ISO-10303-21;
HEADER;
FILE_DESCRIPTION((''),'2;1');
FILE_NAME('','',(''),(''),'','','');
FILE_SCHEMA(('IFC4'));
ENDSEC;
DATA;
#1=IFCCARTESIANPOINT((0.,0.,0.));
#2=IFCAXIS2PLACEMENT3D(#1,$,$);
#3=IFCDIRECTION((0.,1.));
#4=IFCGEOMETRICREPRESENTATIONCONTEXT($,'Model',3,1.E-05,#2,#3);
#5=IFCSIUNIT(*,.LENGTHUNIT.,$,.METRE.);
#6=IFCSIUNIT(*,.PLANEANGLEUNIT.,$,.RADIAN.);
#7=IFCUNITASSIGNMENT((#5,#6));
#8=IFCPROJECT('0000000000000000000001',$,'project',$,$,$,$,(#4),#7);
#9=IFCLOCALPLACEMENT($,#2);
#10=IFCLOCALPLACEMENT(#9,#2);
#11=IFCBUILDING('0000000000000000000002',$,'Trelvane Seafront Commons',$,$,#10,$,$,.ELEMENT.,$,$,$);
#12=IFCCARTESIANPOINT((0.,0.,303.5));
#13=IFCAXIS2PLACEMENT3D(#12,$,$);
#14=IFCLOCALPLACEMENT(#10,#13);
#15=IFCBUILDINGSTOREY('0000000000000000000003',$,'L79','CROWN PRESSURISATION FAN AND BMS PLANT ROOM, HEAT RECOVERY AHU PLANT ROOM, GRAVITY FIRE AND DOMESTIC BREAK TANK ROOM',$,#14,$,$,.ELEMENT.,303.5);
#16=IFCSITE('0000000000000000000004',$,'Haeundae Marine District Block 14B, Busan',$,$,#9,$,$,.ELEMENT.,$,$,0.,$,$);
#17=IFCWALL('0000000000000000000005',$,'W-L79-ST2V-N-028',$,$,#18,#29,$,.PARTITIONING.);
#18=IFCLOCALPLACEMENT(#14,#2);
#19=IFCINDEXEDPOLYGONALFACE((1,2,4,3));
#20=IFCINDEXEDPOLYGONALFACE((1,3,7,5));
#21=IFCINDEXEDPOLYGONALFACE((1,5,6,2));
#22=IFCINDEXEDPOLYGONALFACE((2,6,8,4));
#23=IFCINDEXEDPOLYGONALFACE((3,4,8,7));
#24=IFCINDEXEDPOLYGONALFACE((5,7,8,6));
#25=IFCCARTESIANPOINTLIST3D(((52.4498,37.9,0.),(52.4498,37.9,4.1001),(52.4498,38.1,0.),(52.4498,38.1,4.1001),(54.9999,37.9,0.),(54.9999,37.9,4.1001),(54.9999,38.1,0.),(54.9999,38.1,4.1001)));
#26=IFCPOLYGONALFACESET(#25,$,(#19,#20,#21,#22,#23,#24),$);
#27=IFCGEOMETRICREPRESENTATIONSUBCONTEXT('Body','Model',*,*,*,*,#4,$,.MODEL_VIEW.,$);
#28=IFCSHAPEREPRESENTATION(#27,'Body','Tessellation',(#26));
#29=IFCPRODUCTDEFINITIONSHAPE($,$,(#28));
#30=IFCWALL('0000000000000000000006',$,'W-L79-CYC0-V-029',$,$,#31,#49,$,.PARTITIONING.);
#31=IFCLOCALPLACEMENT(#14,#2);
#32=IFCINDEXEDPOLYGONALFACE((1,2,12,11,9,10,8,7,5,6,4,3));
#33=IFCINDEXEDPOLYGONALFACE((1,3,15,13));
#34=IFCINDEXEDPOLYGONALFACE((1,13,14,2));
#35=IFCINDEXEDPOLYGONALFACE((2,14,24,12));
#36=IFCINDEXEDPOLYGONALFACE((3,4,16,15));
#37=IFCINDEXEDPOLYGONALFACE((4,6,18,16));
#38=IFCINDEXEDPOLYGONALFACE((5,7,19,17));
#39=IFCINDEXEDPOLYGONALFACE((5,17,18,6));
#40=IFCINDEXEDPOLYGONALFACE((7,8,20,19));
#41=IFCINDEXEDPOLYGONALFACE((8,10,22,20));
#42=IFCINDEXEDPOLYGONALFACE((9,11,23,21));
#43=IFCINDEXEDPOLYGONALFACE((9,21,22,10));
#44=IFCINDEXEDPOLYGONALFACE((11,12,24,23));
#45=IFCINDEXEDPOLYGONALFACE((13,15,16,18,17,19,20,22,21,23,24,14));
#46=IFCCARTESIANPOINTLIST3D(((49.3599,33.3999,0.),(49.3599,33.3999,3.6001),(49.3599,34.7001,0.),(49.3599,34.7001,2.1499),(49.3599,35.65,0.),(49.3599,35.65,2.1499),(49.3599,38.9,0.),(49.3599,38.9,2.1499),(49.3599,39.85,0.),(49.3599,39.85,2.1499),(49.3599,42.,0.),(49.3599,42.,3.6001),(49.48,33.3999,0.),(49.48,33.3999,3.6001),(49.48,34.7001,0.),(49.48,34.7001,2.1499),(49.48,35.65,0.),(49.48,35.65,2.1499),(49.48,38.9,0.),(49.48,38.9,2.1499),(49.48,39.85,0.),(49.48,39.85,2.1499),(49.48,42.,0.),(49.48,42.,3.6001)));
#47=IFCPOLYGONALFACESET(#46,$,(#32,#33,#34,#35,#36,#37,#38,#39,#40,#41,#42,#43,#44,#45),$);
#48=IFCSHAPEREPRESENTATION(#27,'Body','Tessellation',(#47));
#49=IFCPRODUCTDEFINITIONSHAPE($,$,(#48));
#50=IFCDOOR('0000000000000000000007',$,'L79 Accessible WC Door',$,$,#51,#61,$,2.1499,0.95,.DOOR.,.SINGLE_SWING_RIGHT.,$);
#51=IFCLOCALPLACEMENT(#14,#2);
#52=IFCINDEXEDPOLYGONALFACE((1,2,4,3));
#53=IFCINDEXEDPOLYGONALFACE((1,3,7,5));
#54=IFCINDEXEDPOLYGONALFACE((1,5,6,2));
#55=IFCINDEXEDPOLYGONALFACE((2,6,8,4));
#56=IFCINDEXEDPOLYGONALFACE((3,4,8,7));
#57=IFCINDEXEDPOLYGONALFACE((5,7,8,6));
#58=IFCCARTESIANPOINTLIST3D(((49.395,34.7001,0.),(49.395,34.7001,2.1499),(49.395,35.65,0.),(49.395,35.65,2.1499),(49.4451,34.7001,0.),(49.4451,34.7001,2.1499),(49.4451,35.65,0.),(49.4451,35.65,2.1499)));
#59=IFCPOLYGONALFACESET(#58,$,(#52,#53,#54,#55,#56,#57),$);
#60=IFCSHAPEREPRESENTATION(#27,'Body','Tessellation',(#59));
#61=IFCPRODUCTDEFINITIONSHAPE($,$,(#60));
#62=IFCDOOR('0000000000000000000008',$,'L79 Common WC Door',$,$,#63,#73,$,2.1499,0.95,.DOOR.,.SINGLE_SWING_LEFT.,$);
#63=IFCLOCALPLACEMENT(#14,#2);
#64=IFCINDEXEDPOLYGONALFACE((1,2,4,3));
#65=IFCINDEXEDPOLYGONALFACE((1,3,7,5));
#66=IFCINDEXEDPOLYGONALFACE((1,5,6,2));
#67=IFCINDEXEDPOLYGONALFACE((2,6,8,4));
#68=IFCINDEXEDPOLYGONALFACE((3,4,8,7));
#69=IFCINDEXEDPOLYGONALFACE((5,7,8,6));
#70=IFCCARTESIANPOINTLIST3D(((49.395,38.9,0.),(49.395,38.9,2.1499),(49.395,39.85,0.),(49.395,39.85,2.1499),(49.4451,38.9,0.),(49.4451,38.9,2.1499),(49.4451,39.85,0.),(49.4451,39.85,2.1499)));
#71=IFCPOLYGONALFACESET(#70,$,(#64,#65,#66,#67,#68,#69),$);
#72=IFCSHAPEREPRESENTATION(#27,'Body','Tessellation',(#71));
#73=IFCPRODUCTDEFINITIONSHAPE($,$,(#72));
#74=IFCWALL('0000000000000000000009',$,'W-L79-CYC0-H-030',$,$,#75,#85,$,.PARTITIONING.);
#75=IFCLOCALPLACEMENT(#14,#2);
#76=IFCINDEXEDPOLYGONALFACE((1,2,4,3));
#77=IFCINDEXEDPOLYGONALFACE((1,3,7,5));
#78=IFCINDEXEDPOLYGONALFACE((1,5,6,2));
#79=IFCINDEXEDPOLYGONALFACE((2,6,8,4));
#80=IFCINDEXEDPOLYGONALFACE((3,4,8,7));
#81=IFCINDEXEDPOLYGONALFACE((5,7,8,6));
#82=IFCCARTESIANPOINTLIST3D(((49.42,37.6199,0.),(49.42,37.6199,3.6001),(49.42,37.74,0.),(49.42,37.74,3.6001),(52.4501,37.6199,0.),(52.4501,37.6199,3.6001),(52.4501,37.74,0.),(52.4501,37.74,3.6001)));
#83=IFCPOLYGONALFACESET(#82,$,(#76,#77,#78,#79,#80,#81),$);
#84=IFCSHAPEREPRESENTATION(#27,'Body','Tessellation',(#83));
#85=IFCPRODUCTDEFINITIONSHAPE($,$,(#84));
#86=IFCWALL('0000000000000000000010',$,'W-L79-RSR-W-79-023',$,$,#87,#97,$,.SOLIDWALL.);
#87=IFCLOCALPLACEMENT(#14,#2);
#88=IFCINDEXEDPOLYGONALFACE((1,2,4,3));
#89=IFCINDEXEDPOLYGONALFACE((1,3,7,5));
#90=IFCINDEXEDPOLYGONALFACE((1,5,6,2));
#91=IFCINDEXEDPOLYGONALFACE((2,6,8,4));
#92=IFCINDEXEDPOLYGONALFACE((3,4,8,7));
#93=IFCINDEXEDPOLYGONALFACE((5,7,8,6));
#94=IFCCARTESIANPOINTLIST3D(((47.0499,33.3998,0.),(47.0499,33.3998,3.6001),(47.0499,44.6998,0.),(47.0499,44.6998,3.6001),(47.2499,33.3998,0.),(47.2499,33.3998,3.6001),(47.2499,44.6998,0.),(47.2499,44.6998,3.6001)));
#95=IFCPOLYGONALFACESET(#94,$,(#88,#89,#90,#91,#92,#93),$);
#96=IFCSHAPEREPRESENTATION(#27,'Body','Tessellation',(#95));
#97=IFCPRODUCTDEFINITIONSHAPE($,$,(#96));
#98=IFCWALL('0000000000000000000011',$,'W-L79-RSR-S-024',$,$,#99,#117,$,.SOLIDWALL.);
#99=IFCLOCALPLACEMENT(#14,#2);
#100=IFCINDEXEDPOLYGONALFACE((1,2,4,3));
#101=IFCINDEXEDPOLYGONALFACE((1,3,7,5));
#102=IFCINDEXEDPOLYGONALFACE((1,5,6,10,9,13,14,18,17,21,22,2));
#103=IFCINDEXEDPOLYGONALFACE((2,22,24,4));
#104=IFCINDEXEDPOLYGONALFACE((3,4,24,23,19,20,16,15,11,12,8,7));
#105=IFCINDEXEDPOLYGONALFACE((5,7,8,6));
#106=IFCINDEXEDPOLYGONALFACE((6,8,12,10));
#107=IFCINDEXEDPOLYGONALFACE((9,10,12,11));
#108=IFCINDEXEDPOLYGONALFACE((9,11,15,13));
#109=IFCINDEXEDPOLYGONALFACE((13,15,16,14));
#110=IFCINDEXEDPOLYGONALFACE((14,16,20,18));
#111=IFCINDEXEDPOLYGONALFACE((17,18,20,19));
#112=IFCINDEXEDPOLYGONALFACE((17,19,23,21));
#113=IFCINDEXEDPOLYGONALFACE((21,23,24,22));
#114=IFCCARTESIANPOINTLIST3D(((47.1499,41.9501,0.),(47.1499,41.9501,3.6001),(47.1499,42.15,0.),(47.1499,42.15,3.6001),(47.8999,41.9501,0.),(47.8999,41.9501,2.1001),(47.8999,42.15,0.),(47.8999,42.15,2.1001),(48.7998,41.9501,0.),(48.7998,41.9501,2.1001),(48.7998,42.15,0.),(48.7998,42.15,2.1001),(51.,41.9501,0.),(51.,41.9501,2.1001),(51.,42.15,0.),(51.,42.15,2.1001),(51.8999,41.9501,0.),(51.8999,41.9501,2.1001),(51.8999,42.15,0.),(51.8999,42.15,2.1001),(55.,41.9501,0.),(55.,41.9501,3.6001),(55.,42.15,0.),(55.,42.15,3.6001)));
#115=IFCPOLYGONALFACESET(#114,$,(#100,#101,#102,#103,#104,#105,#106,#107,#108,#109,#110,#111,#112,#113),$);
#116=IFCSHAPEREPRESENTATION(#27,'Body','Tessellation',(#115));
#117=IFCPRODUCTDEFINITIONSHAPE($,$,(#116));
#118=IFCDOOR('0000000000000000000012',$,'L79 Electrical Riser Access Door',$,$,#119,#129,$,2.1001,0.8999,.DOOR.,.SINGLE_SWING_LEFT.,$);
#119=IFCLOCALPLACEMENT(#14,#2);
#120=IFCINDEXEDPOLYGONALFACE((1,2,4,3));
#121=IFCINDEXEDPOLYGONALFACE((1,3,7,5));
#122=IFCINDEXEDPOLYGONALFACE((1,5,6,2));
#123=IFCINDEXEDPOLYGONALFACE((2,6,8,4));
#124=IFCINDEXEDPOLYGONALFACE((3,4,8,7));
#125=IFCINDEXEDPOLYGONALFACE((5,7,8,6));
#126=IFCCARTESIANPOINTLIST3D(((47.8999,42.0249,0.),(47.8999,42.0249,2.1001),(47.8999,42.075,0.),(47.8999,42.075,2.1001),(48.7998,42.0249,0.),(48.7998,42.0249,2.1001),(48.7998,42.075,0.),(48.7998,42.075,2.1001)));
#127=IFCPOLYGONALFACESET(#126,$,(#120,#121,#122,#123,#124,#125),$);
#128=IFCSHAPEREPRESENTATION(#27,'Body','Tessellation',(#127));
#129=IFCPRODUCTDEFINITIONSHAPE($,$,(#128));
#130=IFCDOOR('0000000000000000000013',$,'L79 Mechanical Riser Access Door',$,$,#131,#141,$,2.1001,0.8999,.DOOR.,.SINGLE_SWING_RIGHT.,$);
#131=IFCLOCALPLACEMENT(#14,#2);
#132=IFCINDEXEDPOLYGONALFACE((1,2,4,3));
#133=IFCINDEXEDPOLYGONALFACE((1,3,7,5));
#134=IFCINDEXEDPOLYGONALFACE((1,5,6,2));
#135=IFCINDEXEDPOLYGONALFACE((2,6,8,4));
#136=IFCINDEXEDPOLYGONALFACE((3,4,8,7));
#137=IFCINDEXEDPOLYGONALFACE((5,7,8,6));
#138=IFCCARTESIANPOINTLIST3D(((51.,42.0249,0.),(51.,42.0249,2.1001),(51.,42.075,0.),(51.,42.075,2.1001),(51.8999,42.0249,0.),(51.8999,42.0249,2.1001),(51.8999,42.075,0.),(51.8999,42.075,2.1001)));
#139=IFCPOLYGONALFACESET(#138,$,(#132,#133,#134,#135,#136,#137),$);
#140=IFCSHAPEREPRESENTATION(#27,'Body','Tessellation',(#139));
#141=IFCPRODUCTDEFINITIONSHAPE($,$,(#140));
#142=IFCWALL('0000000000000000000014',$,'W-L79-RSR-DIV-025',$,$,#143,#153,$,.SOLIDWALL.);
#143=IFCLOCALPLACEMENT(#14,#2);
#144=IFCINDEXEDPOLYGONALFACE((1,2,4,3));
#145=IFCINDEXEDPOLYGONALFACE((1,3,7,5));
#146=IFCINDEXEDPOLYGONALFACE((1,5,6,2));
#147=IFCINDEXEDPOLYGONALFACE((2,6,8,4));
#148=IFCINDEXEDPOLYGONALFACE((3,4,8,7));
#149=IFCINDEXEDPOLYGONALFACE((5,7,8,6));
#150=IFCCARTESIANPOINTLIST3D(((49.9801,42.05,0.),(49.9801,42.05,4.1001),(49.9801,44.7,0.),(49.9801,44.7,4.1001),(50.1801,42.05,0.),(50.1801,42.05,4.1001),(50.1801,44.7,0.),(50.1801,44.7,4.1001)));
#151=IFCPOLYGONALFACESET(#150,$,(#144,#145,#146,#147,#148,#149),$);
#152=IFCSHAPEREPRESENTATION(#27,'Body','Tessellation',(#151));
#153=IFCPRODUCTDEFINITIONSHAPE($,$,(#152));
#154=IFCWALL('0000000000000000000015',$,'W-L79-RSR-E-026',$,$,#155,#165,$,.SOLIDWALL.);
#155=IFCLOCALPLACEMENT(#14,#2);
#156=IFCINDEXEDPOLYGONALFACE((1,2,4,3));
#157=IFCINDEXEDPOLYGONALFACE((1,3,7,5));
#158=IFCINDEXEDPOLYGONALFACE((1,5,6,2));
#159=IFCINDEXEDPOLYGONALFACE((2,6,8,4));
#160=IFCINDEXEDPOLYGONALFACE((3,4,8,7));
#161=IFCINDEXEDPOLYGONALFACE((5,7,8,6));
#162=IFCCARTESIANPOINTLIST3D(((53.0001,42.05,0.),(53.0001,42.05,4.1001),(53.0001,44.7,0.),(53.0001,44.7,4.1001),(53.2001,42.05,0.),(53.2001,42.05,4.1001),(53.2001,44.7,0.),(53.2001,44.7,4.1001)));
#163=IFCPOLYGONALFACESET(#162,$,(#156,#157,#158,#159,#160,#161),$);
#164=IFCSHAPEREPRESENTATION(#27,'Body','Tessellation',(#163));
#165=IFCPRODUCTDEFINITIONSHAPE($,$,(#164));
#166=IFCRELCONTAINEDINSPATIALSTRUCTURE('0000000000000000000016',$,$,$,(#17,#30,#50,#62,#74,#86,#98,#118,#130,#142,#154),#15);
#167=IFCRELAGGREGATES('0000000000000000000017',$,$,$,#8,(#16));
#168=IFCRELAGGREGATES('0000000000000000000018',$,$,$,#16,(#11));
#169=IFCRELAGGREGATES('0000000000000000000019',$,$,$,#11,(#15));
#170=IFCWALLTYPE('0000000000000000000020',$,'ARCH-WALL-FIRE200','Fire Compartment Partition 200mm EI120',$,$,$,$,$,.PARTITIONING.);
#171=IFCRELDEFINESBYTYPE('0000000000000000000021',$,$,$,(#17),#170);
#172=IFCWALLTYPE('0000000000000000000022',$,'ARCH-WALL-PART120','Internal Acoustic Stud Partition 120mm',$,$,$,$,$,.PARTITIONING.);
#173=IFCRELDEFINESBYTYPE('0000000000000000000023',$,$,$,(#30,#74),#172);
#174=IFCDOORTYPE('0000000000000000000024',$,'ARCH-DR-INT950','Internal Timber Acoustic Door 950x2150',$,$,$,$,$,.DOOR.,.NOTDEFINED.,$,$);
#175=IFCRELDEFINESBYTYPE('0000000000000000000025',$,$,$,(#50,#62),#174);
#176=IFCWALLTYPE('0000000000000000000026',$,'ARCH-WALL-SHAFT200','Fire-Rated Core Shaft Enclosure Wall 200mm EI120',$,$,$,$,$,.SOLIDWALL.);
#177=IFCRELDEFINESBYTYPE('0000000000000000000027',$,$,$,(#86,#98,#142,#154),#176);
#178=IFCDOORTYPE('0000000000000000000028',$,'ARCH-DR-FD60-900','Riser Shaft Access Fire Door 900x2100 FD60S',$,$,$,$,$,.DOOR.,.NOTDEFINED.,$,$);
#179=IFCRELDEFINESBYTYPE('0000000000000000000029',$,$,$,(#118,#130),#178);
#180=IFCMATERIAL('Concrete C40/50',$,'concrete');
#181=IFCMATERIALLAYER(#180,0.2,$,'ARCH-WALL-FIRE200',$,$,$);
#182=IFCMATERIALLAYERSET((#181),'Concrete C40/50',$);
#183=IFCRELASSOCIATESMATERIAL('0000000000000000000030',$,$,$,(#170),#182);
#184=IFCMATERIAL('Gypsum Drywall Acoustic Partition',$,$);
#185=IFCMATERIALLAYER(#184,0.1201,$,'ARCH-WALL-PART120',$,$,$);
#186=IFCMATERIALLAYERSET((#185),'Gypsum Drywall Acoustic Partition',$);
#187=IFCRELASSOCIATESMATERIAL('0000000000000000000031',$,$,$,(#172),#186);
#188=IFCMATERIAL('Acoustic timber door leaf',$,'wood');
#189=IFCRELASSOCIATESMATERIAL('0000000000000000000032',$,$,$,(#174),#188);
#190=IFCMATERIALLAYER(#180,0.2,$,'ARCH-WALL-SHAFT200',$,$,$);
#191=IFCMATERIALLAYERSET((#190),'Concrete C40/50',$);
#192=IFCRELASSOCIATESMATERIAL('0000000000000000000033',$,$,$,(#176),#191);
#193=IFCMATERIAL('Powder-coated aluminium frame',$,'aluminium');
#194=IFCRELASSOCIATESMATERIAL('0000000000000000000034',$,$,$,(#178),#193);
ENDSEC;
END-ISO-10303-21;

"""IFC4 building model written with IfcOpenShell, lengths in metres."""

from ifc_helpers import new_model, si_unit, direction, frame, frame_2d, origin, place, context, subcontext, project, spatial, rectangle, extrude, source, transform, mapped, material, layer, layer_set, type_object, element, fill, save


model = new_model("IFC4")

# Units and contexts
model_context = context("Model", 3, precision=1e-05, world=origin(), true_north=direction((0.0, 1.0)))
body_context = subcontext(model_context, "Body", "Model", "MODEL_VIEW")
ifc_project = project(units=[si_unit("LENGTHUNIT", "METRE"), si_unit("PLANEANGLEUNIT", "RADIAN")], contexts=[model_context])

# Site, building, storey
site_placement = place(None, origin())
site = spatial("IfcSite", under=ifc_project, at=site_placement, Name="Haeundae Marine District Block 14B, Busan", CompositionType="ELEMENT", RefElevation=0.0)
building_placement = place(site_placement, origin())
building = spatial("IfcBuilding", under=site, at=building_placement, Name="Trelvane Seafront Commons", CompositionType="ELEMENT")
storey_placement = place(building_placement, frame((0.0, 0.0, 303.5)))
storey = spatial("IfcBuildingStorey", under=building, at=storey_placement, Name="L79", Description="CROWN PRESSURISATION FAN AND BMS PLANT ROOM, HEAT RECOVERY AHU PLANT ROOM, GRAVITY FIRE AND DOMESTIC BREAK TANK ROOM", CompositionType="ELEMENT", Elevation=303.5)

# Shared definitions
ifc_material_1 = material(Name="Concrete C40/50", Category="concrete")
ifc_layer_1 = layer(ifc_material_1, 0.2, Name="ARCH-WALL-FIRE200")
ifc_layer_set_1 = layer_set([ifc_layer_1], Name="Concrete C40/50")
wall_type_1 = type_object("IfcWallType", Name="ARCH-WALL-FIRE200", Description="Fire Compartment Partition 200mm EI120", PredefinedType="PARTITIONING", material=ifc_layer_set_1)
ifc_material_2 = material(Name="Powder-coated aluminium frame", Category="aluminium")
shared_shape_1 = source(origin(), body_context, "Body", "SweptSolid", [
    extrude(rectangle(XDim=0.95, YDim=2.1499, at=frame_2d((0.4751, 1.075))), frame((0.0, 0.0249, 0.0), z_axis=(0.0, -1.0, 0.0), x_axis=(1.0, 0.0, 0.0)), (0.0, 0.0, 1.0), 0.05),
])

# Wall
wall_1_placement = place(storey_placement, frame((52.45, 38.0, 0.0), z_axis=(0.0, 0.0, 1.0), x_axis=(1.0, 0.0, 0.0)))
element("IfcWall", 1, at=wall_1_placement, inside=storey, type_object=wall_type_1, Name="W-L79-ST2V-N-028", PredefinedType="PARTITIONING", context=body_context, shape_type="SweptSolid", body=[
    extrude(rectangle(XDim=2.55, YDim=0.2, at=frame_2d((1.2749, 0.0))), origin(), (0.0, 0.0, 1.0), 4.1001),
])

# Wall, openings, doors
ifc_material_3 = material(Name="Gypsum Drywall Acoustic Partition")
ifc_layer_2 = layer(ifc_material_3, 0.1201, Name="ARCH-WALL-PART120")
ifc_layer_set_2 = layer_set([ifc_layer_2], Name="Gypsum Drywall Acoustic Partition")
wall_type_2 = type_object("IfcWallType", Name="ARCH-WALL-PART120", Description="Internal Acoustic Stud Partition 120mm", PredefinedType="PARTITIONING", material=ifc_layer_set_2)
wall_2_placement = place(storey_placement, frame((49.4199, 33.3999, 0.0), z_axis=(0.0, 0.0, 1.0), x_axis=(0.0, 1.0, 0.0)))
wall_2 = element("IfcWall", 2, at=wall_2_placement, inside=storey, type_object=wall_type_2, Name="W-L79-CYC0-V-029", PredefinedType="PARTITIONING", context=body_context, shape_type="SweptSolid", body=[
    extrude(rectangle(XDim=8.6001, YDim=0.1201, at=frame_2d((4.3, 0.0))), origin(), (0.0, 0.0, 1.0), 3.6001),
])
opening_1_placement = place(wall_2_placement, frame((1.3, 0.0, 0.0)))
opening_1 = element("IfcOpeningElement", 3, at=opening_1_placement, cuts=wall_2, PredefinedType="OPENING", context=body_context, shape_type="SweptSolid", body=[
    extrude(rectangle(XDim=0.95, YDim=2.1499, at=frame_2d((0.4751, 1.075))), frame((0.0, 0.0701, 0.0), z_axis=(0.0, -1.0, 0.0), x_axis=(1.0, 0.0, 0.0)), (0.0, 0.0, 1.0), 0.1401),
])
opening_2_placement = place(wall_2_placement, frame((5.5, 0.0, 0.0)))
opening_2 = element("IfcOpeningElement", 4, at=opening_2_placement, cuts=wall_2, PredefinedType="OPENING", context=body_context, shape_type="SweptSolid", body=[
    extrude(rectangle(XDim=0.95, YDim=2.1499, at=frame_2d((0.4751, 1.075))), frame((0.0, 0.0701, 0.0), z_axis=(0.0, -1.0, 0.0), x_axis=(1.0, 0.0, 0.0)), (0.0, 0.0, 1.0), 0.1401),
])
ifc_material_4 = material(Name="Acoustic timber door leaf", Category="wood")
door_type_1 = type_object("IfcDoorType", Name="ARCH-DR-INT950", Description="Internal Timber Acoustic Door 950x2150", OperationType="NOTDEFINED", PredefinedType="DOOR", material=ifc_material_4)
door_1_placement = place(opening_1_placement, origin())
door_1 = element("IfcDoor", 5, at=door_1_placement, inside=storey, type_object=door_type_1, Name="L79 Accessible WC Door", OperationType="SINGLE_SWING_RIGHT", OverallHeight=2.1499, OverallWidth=0.95, PredefinedType="DOOR", context=body_context, shape_type="MappedRepresentation", body=[
    mapped(shared_shape_1, transform((0.0, 0.0, 0.0), x_axis=(1.0, 0.0, 0.0), y_axis=(0.0, 1.0, 0.0), z_axis=(0.0, 0.0, 1.0), scale=1.0)),
])
fill(opening_1, door_1)
door_2_placement = place(opening_2_placement, origin())
door_2 = element("IfcDoor", 6, at=door_2_placement, inside=storey, type_object=door_type_1, Name="L79 Common WC Door", OperationType="SINGLE_SWING_LEFT", OverallHeight=2.1499, OverallWidth=0.95, PredefinedType="DOOR", context=body_context, shape_type="MappedRepresentation", body=[
    mapped(shared_shape_1, transform((0.0, 0.0, 0.0), x_axis=(1.0, 0.0, 0.0), y_axis=(0.0, 1.0, 0.0), z_axis=(0.0, 0.0, 1.0), scale=1.0)),
])
fill(opening_2, door_2)

# Walls
wall_3_placement = place(storey_placement, frame((49.4199, 37.6799, 0.0), z_axis=(0.0, 0.0, 1.0), x_axis=(1.0, 0.0, 0.0)))
element("IfcWall", 7, at=wall_3_placement, inside=storey, type_object=wall_type_2, Name="W-L79-CYC0-H-030", PredefinedType="PARTITIONING", context=body_context, shape_type="SweptSolid", body=[
    extrude(rectangle(XDim=3.03, YDim=0.1201, at=frame_2d((1.5151, 0.0))), origin(), (0.0, 0.0, 1.0), 3.6001),
])
ifc_layer_3 = layer(ifc_material_1, 0.2, Name="ARCH-WALL-SHAFT200")
ifc_layer_set_3 = layer_set([ifc_layer_3], Name="Concrete C40/50")
wall_type_3 = type_object("IfcWallType", Name="ARCH-WALL-SHAFT200", Description="Fire-Rated Core Shaft Enclosure Wall 200mm EI120", PredefinedType="SOLIDWALL", material=ifc_layer_set_3)
wall_4_placement = place(storey_placement, frame((47.1499, 33.3999, 0.0), z_axis=(0.0, 0.0, 1.0), x_axis=(0.0, 1.0, 0.0)))
element("IfcWall", 8, at=wall_4_placement, inside=storey, type_object=wall_type_3, Name="W-L79-RSR-W-79-023", PredefinedType="SOLIDWALL", context=body_context, shape_type="SweptSolid", body=[
    extrude(rectangle(XDim=11.3, YDim=0.2, at=frame_2d((5.6499, 0.0))), origin(), (0.0, 0.0, 1.0), 3.6001),
])

# Wall, openings, doors
wall_5_placement = place(storey_placement, frame((47.1499, 42.05, 0.0), z_axis=(0.0, 0.0, 1.0), x_axis=(1.0, 0.0, 0.0)))
wall_5 = element("IfcWall", 9, at=wall_5_placement, inside=storey, type_object=wall_type_3, Name="W-L79-RSR-S-024", PredefinedType="SOLIDWALL", context=body_context, shape_type="SweptSolid", body=[
    extrude(rectangle(XDim=7.8501, YDim=0.2, at=frame_2d((3.925, 0.0))), origin(), (0.0, 0.0, 1.0), 3.6001),
])
opening_3_placement = place(wall_5_placement, frame((0.75, 0.0, 0.0)))
opening_3 = element("IfcOpeningElement", 10, at=opening_3_placement, cuts=wall_5, PredefinedType="OPENING", context=body_context, shape_type="SweptSolid", body=[
    extrude(rectangle(XDim=0.8999, YDim=2.1001, at=frame_2d((0.45, 1.05))), frame((0.0, 0.1099, 0.0), z_axis=(0.0, -1.0, 0.0), x_axis=(1.0, 0.0, 0.0)), (0.0, 0.0, 1.0), 0.22),
])
opening_4_placement = place(wall_5_placement, frame((3.8501, 0.0, 0.0)))
opening_4 = element("IfcOpeningElement", 11, at=opening_4_placement, cuts=wall_5, PredefinedType="OPENING", context=body_context, shape_type="SweptSolid", body=[
    extrude(rectangle(XDim=0.8999, YDim=2.1001, at=frame_2d((0.45, 1.05))), frame((0.0, 0.1099, 0.0), z_axis=(0.0, -1.0, 0.0), x_axis=(1.0, 0.0, 0.0)), (0.0, 0.0, 1.0), 0.22),
])
door_type_2 = type_object("IfcDoorType", Name="ARCH-DR-FD60-900", Description="Riser Shaft Access Fire Door 900x2100 FD60S", OperationType="NOTDEFINED", PredefinedType="DOOR", material=ifc_material_2)
shared_shape_2 = source(origin(), body_context, "Body", "SweptSolid", [
    extrude(rectangle(XDim=0.8999, YDim=2.1001, at=frame_2d((0.45, 1.05))), frame((0.0, 0.0249, 0.0), z_axis=(0.0, -1.0, 0.0), x_axis=(1.0, 0.0, 0.0)), (0.0, 0.0, 1.0), 0.05),
])
door_3_placement = place(opening_3_placement, origin())
door_3 = element("IfcDoor", 12, at=door_3_placement, inside=storey, type_object=door_type_2, Name="L79 Electrical Riser Access Door", OperationType="SINGLE_SWING_LEFT", OverallHeight=2.1001, OverallWidth=0.8999, PredefinedType="DOOR", context=body_context, shape_type="MappedRepresentation", body=[
    mapped(shared_shape_2, transform((0.0, 0.0, 0.0), x_axis=(1.0, 0.0, 0.0), y_axis=(0.0, 1.0, 0.0), z_axis=(0.0, 0.0, 1.0), scale=1.0)),
])
fill(opening_3, door_3)
door_4_placement = place(opening_4_placement, origin())
door_4 = element("IfcDoor", 13, at=door_4_placement, inside=storey, type_object=door_type_2, Name="L79 Mechanical Riser Access Door", OperationType="SINGLE_SWING_RIGHT", OverallHeight=2.1001, OverallWidth=0.8999, PredefinedType="DOOR", context=body_context, shape_type="MappedRepresentation", body=[
    mapped(shared_shape_2, transform((0.0, 0.0, 0.0), x_axis=(1.0, 0.0, 0.0), y_axis=(0.0, 1.0, 0.0), z_axis=(0.0, 0.0, 1.0), scale=1.0)),
])
fill(opening_4, door_4)

# Walls
for number, where, z_axis, x_axis, name in (
    (14, (50.0801, 42.05, 0.0), (0.0, 0.0, 1.0), (0.0, 1.0, 0.0), "W-L79-RSR-DIV-025"),
    (15, (53.1001, 42.05, 0.0), (0.0, 0.0, 1.0), (0.0, 1.0, 0.0), "W-L79-RSR-E-026"),
):
    element("IfcWall", number, at=place(storey_placement, frame(where, z_axis=z_axis, x_axis=x_axis)), inside=storey, type_object=wall_type_3, Name=name, PredefinedType="SOLIDWALL", context=body_context, shape_type="SweptSolid", body=[
        extrude(rectangle(XDim=2.6499, YDim=0.2, at=frame_2d((1.325, 0.0))), origin(), (0.0, 0.0, 1.0), 4.1001),
    ])

save(model, "model.ifc")
